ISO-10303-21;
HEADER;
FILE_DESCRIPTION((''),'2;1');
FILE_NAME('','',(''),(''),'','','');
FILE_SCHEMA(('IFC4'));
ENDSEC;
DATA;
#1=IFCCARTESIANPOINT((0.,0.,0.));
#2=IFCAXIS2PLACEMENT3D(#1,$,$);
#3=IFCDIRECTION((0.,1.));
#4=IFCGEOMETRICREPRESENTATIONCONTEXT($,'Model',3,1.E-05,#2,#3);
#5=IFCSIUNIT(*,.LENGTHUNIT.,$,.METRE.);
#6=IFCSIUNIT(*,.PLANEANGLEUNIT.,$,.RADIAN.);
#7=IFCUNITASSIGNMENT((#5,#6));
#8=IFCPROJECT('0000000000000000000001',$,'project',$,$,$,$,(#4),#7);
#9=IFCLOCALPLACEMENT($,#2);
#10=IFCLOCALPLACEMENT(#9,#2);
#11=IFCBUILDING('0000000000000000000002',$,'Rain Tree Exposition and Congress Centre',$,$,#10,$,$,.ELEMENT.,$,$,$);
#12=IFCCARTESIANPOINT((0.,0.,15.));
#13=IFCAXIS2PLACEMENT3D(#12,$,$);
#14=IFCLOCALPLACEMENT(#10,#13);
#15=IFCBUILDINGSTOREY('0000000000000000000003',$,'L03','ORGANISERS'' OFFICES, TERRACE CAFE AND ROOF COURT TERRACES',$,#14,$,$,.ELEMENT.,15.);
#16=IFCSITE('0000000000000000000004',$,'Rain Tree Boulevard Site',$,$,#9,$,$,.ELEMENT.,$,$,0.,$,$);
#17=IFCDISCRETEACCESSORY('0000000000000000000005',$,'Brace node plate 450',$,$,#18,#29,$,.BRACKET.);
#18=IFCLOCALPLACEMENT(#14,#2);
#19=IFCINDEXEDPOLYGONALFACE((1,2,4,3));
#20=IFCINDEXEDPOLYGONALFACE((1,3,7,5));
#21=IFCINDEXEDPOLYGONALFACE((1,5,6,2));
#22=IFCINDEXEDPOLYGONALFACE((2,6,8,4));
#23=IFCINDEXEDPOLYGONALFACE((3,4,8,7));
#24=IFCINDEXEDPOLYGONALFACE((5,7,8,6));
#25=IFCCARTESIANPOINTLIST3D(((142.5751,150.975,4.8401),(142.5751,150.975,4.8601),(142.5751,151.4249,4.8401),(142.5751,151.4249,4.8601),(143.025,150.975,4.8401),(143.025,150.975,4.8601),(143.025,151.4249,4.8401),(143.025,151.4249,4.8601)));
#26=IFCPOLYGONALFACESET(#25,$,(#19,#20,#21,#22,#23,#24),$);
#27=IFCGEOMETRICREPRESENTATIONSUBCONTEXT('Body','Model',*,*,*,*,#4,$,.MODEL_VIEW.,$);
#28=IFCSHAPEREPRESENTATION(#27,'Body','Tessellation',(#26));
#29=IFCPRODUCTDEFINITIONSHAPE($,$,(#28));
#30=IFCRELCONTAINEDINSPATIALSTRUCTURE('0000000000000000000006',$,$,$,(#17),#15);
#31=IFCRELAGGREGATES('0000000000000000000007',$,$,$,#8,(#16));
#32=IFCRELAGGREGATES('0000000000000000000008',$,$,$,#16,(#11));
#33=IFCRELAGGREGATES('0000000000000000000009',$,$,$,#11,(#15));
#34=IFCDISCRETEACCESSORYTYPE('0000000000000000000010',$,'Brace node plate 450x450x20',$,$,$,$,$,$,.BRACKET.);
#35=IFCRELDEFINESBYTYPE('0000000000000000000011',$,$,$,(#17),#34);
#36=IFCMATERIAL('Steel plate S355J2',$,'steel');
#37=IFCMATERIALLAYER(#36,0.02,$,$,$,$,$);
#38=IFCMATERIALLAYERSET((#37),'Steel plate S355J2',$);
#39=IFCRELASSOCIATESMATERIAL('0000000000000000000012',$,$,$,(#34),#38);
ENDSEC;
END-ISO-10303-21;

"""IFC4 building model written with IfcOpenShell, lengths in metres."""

from ifc_helpers import new_model, si_unit, direction, frame, origin, origin_2d, place, context, subcontext, project, spatial, rectangle, extrude, material, layer, layer_set, type_object, element, save


model = new_model("IFC4")

# Units and contexts
model_context = context("Model", 3, precision=1e-05, world=origin(), true_north=direction((0.0, 1.0)))
body_context = subcontext(model_context, "Body", "Model", "MODEL_VIEW")
ifc_project = project(units=[si_unit("LENGTHUNIT", "METRE"), si_unit("PLANEANGLEUNIT", "RADIAN")], contexts=[model_context])

# Site, building, storey
site_placement = place(None, origin())
site = spatial("IfcSite", under=ifc_project, at=site_placement, Name="Rain Tree Boulevard Site", CompositionType="ELEMENT", RefElevation=0.0)
building_placement = place(site_placement, origin())
building = spatial("IfcBuilding", under=site, at=building_placement, Name="Rain Tree Exposition and Congress Centre", CompositionType="ELEMENT")
storey_placement = place(building_placement, frame((0.0, 0.0, 15.0)))
storey = spatial("IfcBuildingStorey", under=building, at=storey_placement, Name="L03", Description="ORGANISERS' OFFICES, TERRACE CAFE AND ROOF COURT TERRACES", CompositionType="ELEMENT", Elevation=15.0)

# Discrete accessory
ifc_material_1 = material(Name="Steel plate S355J2", Category="steel")
ifc_layer_1 = layer(ifc_material_1, 0.02)
ifc_layer_set_1 = layer_set([ifc_layer_1], Name="Steel plate S355J2")
discrete_accessory_type_1 = type_object("IfcDiscreteAccessoryType", Name="Brace node plate 450x450x20", PredefinedType="BRACKET", material=ifc_layer_set_1)
for number, where, z_axis, x_axis, name in (
    (1, (142.8, 151.2, 4.8401), (0.0, 0.0, 1.0), (1.0, 0.0, 0.0), "Brace node plate 450"),
):
    element("IfcDiscreteAccessory", number, at=place(storey_placement, frame(where, z_axis=z_axis, x_axis=x_axis)), inside=storey, type_object=discrete_accessory_type_1, Name=name, PredefinedType="BRACKET", context=body_context, shape_type="SweptSolid", body=[
        extrude(rectangle(XDim=0.45, YDim=0.45, at=origin_2d()), origin(), (0.0, 0.0, 1.0), 0.02),
    ])

save(model, "model.ifc")
